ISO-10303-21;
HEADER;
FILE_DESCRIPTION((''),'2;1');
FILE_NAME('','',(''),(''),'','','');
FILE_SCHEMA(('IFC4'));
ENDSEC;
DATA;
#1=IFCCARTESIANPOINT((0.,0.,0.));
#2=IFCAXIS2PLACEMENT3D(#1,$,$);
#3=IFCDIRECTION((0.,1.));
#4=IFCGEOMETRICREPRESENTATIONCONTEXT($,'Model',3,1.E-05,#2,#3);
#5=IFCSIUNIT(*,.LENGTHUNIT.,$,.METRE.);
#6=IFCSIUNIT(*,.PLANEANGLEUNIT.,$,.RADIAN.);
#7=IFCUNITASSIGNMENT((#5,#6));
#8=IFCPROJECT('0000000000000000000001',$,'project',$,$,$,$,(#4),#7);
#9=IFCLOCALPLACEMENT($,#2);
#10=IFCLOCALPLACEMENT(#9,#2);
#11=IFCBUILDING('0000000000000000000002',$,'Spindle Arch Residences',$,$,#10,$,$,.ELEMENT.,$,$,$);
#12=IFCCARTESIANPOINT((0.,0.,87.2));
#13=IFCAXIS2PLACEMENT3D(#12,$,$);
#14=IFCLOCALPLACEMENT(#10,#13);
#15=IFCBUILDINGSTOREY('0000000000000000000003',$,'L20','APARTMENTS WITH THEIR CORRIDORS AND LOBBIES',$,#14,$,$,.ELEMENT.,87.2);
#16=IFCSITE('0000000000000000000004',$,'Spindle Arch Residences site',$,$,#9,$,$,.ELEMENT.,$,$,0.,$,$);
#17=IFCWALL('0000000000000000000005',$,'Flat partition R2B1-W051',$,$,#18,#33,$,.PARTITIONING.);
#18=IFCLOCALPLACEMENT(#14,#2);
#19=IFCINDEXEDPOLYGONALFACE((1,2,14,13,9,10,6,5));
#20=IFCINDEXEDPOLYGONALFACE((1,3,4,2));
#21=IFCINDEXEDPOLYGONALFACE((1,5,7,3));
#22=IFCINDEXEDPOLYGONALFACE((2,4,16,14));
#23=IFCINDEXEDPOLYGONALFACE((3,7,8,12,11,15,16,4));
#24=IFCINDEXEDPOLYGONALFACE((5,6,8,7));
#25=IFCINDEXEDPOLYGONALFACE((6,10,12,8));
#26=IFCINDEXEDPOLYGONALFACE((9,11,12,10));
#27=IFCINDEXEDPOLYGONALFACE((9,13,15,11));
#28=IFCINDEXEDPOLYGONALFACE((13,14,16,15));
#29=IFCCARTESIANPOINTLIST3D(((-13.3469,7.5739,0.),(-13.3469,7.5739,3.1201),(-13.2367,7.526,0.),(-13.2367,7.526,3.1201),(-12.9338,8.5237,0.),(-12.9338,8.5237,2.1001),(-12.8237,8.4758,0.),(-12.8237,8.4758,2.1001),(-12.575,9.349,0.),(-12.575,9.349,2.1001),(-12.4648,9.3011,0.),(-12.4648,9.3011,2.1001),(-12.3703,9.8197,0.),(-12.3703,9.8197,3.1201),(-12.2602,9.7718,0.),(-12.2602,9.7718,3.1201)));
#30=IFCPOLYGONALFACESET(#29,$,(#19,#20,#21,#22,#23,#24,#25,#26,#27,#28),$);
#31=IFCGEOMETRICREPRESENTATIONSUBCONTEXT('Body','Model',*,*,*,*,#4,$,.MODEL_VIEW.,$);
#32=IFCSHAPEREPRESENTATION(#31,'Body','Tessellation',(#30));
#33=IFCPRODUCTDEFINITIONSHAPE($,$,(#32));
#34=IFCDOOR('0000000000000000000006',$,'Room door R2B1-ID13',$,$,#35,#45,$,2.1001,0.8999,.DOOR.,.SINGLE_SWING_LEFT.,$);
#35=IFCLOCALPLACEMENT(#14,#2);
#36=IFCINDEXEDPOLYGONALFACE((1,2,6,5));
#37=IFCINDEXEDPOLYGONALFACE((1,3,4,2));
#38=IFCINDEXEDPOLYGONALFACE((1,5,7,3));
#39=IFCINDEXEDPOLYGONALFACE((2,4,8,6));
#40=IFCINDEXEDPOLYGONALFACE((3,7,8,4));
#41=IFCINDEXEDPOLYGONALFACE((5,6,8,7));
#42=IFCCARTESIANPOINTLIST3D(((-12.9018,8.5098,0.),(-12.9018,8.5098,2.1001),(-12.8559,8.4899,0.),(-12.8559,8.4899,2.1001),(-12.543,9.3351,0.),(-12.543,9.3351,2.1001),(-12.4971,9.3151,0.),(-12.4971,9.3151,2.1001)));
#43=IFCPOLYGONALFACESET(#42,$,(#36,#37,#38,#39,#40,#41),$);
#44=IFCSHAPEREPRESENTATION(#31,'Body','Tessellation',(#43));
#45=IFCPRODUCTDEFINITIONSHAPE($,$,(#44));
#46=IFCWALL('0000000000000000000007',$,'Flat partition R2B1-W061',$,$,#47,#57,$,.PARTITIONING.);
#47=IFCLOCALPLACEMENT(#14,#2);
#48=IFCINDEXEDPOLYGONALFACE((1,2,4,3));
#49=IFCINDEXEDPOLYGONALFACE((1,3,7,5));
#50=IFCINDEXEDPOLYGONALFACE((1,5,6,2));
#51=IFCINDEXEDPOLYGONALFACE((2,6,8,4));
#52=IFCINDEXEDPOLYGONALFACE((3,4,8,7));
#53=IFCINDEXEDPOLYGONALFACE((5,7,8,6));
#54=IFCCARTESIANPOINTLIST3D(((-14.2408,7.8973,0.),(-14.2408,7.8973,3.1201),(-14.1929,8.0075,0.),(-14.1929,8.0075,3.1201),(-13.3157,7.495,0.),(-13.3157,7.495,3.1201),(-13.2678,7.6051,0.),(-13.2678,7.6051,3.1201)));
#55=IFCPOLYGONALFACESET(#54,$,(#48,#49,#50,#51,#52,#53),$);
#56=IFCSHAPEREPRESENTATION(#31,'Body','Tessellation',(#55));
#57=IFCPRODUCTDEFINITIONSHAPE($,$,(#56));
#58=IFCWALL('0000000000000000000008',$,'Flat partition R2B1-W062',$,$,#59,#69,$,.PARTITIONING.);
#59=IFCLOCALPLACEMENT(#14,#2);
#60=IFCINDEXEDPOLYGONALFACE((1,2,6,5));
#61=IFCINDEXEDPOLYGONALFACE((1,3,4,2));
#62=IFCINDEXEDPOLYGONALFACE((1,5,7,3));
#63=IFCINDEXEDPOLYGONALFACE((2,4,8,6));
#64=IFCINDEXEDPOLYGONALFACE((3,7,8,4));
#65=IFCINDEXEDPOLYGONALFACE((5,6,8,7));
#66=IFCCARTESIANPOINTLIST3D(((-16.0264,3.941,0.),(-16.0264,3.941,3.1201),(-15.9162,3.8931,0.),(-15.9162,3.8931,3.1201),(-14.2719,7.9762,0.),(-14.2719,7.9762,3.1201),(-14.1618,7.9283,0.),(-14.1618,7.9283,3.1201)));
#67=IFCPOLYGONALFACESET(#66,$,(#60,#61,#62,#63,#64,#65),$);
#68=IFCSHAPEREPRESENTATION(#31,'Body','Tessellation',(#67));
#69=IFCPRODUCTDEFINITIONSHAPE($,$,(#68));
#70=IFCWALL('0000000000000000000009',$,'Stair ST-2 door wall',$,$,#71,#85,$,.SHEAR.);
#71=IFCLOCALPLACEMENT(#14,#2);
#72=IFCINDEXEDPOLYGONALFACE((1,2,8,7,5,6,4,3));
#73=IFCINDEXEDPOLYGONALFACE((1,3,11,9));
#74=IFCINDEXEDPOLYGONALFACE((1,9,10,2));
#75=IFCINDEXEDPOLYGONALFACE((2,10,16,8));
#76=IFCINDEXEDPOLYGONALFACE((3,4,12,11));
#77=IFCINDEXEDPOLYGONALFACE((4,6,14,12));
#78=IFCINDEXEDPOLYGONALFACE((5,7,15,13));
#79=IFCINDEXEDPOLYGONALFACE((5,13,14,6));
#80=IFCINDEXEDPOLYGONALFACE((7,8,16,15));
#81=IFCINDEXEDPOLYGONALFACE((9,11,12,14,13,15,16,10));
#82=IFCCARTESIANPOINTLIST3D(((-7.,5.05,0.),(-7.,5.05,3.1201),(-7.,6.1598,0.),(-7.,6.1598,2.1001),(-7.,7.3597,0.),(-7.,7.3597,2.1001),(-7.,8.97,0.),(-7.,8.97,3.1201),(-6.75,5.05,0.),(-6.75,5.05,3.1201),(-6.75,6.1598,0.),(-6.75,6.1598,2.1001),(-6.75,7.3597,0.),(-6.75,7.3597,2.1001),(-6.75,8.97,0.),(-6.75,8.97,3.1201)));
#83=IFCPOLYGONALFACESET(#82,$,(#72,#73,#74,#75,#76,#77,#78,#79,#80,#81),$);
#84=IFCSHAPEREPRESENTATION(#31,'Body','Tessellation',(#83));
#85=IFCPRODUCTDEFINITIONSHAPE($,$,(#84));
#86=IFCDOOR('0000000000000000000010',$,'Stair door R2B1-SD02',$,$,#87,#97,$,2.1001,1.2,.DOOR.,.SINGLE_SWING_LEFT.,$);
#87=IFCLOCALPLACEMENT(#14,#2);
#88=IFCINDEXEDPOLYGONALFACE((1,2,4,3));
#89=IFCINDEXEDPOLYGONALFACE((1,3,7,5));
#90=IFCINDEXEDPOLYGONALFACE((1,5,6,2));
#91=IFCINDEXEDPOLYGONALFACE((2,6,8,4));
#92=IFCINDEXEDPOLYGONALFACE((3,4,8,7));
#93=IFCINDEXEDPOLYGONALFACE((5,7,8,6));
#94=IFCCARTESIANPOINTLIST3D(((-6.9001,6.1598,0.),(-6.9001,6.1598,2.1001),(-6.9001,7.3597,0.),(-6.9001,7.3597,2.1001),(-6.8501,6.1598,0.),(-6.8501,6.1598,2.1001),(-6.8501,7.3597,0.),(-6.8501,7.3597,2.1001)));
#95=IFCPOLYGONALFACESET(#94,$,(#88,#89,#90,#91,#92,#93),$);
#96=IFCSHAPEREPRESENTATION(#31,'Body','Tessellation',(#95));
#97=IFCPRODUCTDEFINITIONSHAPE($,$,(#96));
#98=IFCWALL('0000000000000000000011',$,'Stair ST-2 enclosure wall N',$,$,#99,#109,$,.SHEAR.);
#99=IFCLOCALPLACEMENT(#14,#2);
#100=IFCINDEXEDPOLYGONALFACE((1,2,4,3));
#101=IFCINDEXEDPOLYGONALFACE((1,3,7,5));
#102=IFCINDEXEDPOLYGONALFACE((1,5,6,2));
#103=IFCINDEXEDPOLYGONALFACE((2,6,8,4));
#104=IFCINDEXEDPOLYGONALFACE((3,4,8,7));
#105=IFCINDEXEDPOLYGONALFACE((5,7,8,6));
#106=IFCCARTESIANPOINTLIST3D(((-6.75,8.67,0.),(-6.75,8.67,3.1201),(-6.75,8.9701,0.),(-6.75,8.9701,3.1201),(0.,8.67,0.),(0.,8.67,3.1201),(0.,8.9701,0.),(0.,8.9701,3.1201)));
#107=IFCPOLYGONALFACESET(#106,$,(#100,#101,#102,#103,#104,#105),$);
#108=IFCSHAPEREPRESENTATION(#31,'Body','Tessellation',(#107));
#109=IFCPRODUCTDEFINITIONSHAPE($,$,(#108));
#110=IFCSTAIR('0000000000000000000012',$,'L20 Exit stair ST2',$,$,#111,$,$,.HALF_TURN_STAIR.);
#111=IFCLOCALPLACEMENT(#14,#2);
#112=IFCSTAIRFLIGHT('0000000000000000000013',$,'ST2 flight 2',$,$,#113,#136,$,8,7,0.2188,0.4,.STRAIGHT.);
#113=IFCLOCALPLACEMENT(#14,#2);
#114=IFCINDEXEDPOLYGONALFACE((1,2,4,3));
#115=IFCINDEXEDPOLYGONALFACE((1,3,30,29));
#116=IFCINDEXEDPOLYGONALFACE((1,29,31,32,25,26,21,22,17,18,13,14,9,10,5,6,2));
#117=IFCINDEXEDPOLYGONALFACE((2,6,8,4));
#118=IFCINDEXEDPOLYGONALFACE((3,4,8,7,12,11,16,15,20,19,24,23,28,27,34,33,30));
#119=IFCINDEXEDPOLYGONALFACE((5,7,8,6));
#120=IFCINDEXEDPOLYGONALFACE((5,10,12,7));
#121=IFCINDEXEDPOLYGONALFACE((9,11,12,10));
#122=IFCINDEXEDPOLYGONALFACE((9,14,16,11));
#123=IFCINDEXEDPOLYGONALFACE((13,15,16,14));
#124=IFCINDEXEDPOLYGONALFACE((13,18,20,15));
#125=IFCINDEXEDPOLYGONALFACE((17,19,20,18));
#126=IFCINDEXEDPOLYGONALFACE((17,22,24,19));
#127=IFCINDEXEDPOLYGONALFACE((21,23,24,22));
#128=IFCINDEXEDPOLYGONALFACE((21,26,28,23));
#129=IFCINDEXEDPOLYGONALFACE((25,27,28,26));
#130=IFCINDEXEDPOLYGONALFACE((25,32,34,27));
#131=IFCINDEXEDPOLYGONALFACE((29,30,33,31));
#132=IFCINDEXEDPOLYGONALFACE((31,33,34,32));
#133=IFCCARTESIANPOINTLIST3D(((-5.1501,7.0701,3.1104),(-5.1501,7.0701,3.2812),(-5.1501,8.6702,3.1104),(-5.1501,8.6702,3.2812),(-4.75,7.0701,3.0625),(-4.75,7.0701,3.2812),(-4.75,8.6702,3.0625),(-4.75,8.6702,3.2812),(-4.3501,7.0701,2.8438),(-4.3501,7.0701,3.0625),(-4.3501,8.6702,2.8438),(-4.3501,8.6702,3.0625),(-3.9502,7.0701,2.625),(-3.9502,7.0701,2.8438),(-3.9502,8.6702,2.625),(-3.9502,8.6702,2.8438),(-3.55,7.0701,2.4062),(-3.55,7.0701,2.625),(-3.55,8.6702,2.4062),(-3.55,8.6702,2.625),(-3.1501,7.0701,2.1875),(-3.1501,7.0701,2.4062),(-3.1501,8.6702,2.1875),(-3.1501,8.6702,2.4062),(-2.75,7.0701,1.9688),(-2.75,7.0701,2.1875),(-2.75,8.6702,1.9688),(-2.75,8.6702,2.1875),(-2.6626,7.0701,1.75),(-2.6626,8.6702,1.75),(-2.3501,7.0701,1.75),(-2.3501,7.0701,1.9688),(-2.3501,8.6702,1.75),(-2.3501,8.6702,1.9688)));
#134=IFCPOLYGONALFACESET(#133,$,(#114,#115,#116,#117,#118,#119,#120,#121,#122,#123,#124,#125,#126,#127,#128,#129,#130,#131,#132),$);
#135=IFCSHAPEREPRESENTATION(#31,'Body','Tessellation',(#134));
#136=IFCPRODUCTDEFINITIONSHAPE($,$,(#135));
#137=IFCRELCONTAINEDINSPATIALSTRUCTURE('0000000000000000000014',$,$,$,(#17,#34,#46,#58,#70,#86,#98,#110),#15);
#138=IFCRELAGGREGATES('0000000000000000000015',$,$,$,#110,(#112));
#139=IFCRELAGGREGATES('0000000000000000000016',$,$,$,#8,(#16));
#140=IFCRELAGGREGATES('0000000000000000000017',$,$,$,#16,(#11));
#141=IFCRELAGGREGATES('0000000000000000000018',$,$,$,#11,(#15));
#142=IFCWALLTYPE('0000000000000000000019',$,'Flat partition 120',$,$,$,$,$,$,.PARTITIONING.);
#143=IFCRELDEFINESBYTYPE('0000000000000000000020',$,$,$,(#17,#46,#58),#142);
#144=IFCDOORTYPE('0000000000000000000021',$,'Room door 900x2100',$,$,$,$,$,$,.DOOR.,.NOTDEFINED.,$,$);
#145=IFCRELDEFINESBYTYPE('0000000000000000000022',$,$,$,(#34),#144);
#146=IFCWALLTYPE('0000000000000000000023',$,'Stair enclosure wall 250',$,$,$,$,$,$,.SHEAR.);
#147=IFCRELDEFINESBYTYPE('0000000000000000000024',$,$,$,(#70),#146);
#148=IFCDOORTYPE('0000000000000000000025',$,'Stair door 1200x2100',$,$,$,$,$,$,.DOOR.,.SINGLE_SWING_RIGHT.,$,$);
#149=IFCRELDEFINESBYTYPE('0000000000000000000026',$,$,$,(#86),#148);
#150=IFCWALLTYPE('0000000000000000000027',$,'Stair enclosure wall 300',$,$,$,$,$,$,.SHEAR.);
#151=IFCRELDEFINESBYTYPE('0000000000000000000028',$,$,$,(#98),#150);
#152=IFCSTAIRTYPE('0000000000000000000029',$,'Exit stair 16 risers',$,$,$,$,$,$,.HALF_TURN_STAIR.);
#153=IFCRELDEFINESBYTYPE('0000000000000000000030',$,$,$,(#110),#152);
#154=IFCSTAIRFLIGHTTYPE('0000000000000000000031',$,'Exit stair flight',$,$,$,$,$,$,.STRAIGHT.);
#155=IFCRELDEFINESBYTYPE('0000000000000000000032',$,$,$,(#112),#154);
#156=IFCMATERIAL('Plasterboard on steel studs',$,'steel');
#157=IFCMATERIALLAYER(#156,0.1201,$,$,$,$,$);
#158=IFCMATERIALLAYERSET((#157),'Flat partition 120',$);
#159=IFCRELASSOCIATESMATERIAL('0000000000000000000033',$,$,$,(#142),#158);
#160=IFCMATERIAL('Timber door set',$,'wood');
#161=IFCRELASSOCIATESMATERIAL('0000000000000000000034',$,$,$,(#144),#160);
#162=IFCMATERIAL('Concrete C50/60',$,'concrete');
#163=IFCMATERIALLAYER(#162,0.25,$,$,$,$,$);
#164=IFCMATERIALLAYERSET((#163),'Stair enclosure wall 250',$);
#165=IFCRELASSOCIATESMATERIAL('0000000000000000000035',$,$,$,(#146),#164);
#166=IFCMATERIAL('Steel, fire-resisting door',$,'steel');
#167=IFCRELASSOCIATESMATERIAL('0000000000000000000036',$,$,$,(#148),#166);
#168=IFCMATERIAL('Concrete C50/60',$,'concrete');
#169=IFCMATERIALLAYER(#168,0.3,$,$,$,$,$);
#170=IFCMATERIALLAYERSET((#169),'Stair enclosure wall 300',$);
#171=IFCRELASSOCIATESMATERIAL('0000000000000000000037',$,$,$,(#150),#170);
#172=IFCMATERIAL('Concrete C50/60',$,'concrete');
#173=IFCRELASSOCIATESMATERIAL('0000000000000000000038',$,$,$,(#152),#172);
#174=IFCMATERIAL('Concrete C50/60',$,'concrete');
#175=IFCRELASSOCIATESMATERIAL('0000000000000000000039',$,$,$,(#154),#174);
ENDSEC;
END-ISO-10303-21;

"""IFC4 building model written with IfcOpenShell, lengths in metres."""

from ifc_helpers import new_model, si_unit, direction, frame, frame_2d, origin, place, context, subcontext, project, spatial, polyline, rectangle, outline, extrude, material, layer, layer_set, type_object, element, fill, aggregate, save


model = new_model("IFC4")

# Units and contexts
model_context = context("Model", 3, precision=1e-05, world=origin(), true_north=direction((0.0, 1.0)))
body_context = subcontext(model_context, "Body", "Model", "MODEL_VIEW")
ifc_project = project(units=[si_unit("LENGTHUNIT", "METRE"), si_unit("PLANEANGLEUNIT", "RADIAN")], contexts=[model_context])

# Site, building, storey
site_placement = place(None, origin())
site = spatial("IfcSite", under=ifc_project, at=site_placement, Name="Spindle Arch Residences site", CompositionType="ELEMENT", RefElevation=0.0)
building_placement = place(site_placement, origin())
building = spatial("IfcBuilding", under=site, at=building_placement, Name="Spindle Arch Residences", CompositionType="ELEMENT")
storey_placement = place(building_placement, frame((0.0, 0.0, 87.2)))
storey = spatial("IfcBuildingStorey", under=building, at=storey_placement, Name="L20", Description="APARTMENTS WITH THEIR CORRIDORS AND LOBBIES", CompositionType="ELEMENT", Elevation=87.2)

# Wall, opening, door
ifc_material_1 = material(Name="Plasterboard on steel studs", Category="steel")
ifc_layer_1 = layer(ifc_material_1, 0.1201)
ifc_layer_set_1 = layer_set([ifc_layer_1], Name="Flat partition 120")
wall_type_1 = type_object("IfcWallType", Name="Flat partition 120", PredefinedType="PARTITIONING", material=ifc_layer_set_1)
wall_1_placement = place(storey_placement, frame((-12.3152, 9.7959, 0.0), z_axis=(0.0, 0.0, 1.0), x_axis=(-0.398763, -0.917054, 0.0)))
wall_1 = element("IfcWall", 1, at=wall_1_placement, inside=storey, type_object=wall_type_1, Name="Flat partition R2B1-W051", PredefinedType="PARTITIONING", context=body_context, shape_type="SweptSolid", body=[
    extrude(rectangle(XDim=2.449, YDim=0.1201, at=frame_2d((1.2246, 0.0))), origin(), (0.0, 0.0, 1.0), 3.1201),
])
opening_1_placement = place(wall_1_placement, frame((0.5134, 0.0, 0.0)))
opening_1 = element("IfcOpeningElement", 2, at=opening_1_placement, cuts=wall_1, PredefinedType="OPENING", context=body_context, shape_type="SweptSolid", body=[
    extrude(rectangle(XDim=0.8999, YDim=2.1001, at=frame_2d((0.45, 1.05))), frame((0.0, 0.0701, 0.0), z_axis=(0.0, -1.0, 0.0), x_axis=(1.0, 0.0, 0.0)), (0.0, 0.0, 1.0), 0.1401),
])
ifc_material_2 = material(Name="Timber door set", Category="wood")
door_type_1 = type_object("IfcDoorType", Name="Room door 900x2100", OperationType="NOTDEFINED", PredefinedType="DOOR", material=ifc_material_2)
door_1_placement = place(opening_1_placement, origin())
door_1 = element("IfcDoor", 3, at=door_1_placement, inside=storey, type_object=door_type_1, Name="Room door R2B1-ID13", OperationType="SINGLE_SWING_LEFT", OverallHeight=2.1001, OverallWidth=0.8999, PredefinedType="DOOR", context=body_context, shape_type="SweptSolid", body=[
    extrude(rectangle(XDim=0.8999, YDim=2.1001, at=frame_2d((0.45, 1.05))), frame((0.0, 0.0249, 0.0), z_axis=(0.0, -1.0, 0.0), x_axis=(1.0, 0.0, 0.0)), (0.0, 0.0, 1.0), 0.05),
])
fill(opening_1, door_1)

# Walls
wall_2_placement = place(storey_placement, frame((-13.2917, 7.55, 0.0), z_axis=(0.0, 0.0, 1.0), x_axis=(-0.917016, 0.39885, 0.0)))
element("IfcWall", 4, at=wall_2_placement, inside=storey, type_object=wall_type_1, Name="Flat partition R2B1-W061", PredefinedType="PARTITIONING", context=body_context, shape_type="SweptSolid", body=[
    extrude(rectangle(XDim=1.0088, YDim=0.1201, at=frame_2d((0.5044, 0.0))), origin(), (0.0, 0.0, 1.0), 3.1201),
])
wall_3_placement = place(storey_placement, frame((-14.2168, 7.9524, 0.0), z_axis=(0.0, 0.0, 1.0), x_axis=(-0.398722, -0.917072, 0.0)))
element("IfcWall", 5, at=wall_3_placement, inside=storey, type_object=wall_type_1, Name="Flat partition R2B1-W062", PredefinedType="PARTITIONING", context=body_context, shape_type="SweptSolid", body=[
    extrude(rectangle(XDim=4.4001, YDim=0.1201, at=frame_2d((2.2002, 0.0))), origin(), (0.0, 0.0, 1.0), 3.1201),
])

# Wall, opening, door
ifc_material_3 = material(Name="Concrete C50/60", Category="concrete")
ifc_layer_2 = layer(ifc_material_3, 0.25)
ifc_layer_set_2 = layer_set([ifc_layer_2], Name="Stair enclosure wall 250")
wall_type_2 = type_object("IfcWallType", Name="Stair enclosure wall 250", PredefinedType="SHEAR", material=ifc_layer_set_2)
wall_4_placement = place(storey_placement, frame((-6.875, 8.97, 0.0), z_axis=(0.0, 0.0, 1.0), x_axis=(0.0, -1.0, 0.0)))
wall_4 = element("IfcWall", 6, at=wall_4_placement, inside=storey, type_object=wall_type_2, Name="Stair ST-2 door wall", PredefinedType="SHEAR", context=body_context, shape_type="SweptSolid", body=[
    extrude(rectangle(XDim=3.9199, YDim=0.25, at=frame_2d((1.96, 0.0))), origin(), (0.0, 0.0, 1.0), 3.1201),
])
opening_2_placement = place(wall_4_placement, frame((1.6101, 0.0, 0.0)))
opening_2 = element("IfcOpeningElement", 7, at=opening_2_placement, cuts=wall_4, PredefinedType="OPENING", context=body_context, shape_type="SweptSolid", body=[
    extrude(rectangle(XDim=1.2, YDim=2.1001, at=frame_2d((0.6001, 1.05))), frame((0.0, 0.135, 0.0), z_axis=(0.0, -1.0, 0.0), x_axis=(1.0, 0.0, 0.0)), (0.0, 0.0, 1.0), 0.27),
])
ifc_material_4 = material(Name="Steel, fire-resisting door", Category="steel")
door_type_2 = type_object("IfcDoorType", Name="Stair door 1200x2100", OperationType="SINGLE_SWING_RIGHT", PredefinedType="DOOR", material=ifc_material_4)
door_2_placement = place(opening_2_placement, origin())
door_2 = element("IfcDoor", 8, at=door_2_placement, inside=storey, type_object=door_type_2, Name="Stair door R2B1-SD02", OperationType="SINGLE_SWING_LEFT", OverallHeight=2.1001, OverallWidth=1.2, PredefinedType="DOOR", context=body_context, shape_type="SweptSolid", body=[
    extrude(rectangle(XDim=1.2, YDim=2.1001, at=frame_2d((0.6001, 1.05))), frame((0.0, 0.0249, 0.0), z_axis=(0.0, -1.0, 0.0), x_axis=(1.0, 0.0, 0.0)), (0.0, 0.0, 1.0), 0.05),
])
fill(opening_2, door_2)

# Wall
ifc_material_5 = material(Name="Concrete C50/60", Category="concrete")
ifc_layer_3 = layer(ifc_material_5, 0.3)
ifc_layer_set_3 = layer_set([ifc_layer_3], Name="Stair enclosure wall 300")
wall_type_3 = type_object("IfcWallType", Name="Stair enclosure wall 300", PredefinedType="SHEAR", material=ifc_layer_set_3)
wall_5_placement = place(storey_placement, frame((-6.75, 8.8201, 0.0), z_axis=(0.0, 0.0, 1.0), x_axis=(1.0, 0.0, 0.0)))
element("IfcWall", 9, at=wall_5_placement, inside=storey, type_object=wall_type_3, Name="Stair ST-2 enclosure wall N", PredefinedType="SHEAR", context=body_context, shape_type="SweptSolid", body=[
    extrude(rectangle(XDim=6.75, YDim=0.3, at=frame_2d((3.375, 0.0))), origin(), (0.0, 0.0, 1.0), 3.1201),
])

# Stair, stair flight
ifc_material_6 = material(Name="Concrete C50/60", Category="concrete")
stair_type = type_object("IfcStairType", Name="Exit stair 16 risers", PredefinedType="HALF_TURN_STAIR", material=ifc_material_6)
stair_placement = place(storey_placement, origin())
stair = element("IfcStair", 10, at=stair_placement, inside=storey, type_object=stair_type, Name="L20 Exit stair ST2", PredefinedType="HALF_TURN_STAIR")
ifc_material_7 = material(Name="Concrete C50/60", Category="concrete")
stair_flight_type = type_object("IfcStairFlightType", Name="Exit stair flight", PredefinedType="STRAIGHT", material=ifc_material_7)
stair_flight_placement = place(storey_placement, frame((-2.3501, 7.8701, 1.75), z_axis=(0.0, 0.0, 1.0), x_axis=(-1.0, 0.0, 0.0)))
stair_flight = element("IfcStairFlight", 11, at=stair_flight_placement, type_object=stair_flight_type, Name="ST2 flight 2", NumberOfRisers=8, NumberOfTreads=7, PredefinedType="STRAIGHT", RiserHeight=0.2188, TreadLength=0.4, context=body_context, shape_type="SweptSolid", body=[
    extrude(outline(polyline([(0.0, 0.0), (0.0, 0.2188), (0.3999, 0.2188), (0.3999, 0.4375), (0.8, 0.4375), (0.8, 0.6562), (1.2, 0.6562), (1.2, 0.875), (1.6001, 0.875), (1.6001, 1.0938), (2.0, 1.0938), (2.0, 1.3125), (2.3999, 1.3125), (2.3999, 1.5312), (2.8, 1.5312), (2.8, 1.75), (2.8, 1.3604), (0.3125, 0.0), (0.0, 0.0)])), frame((0.0, 0.8, 0.0), z_axis=(0.0, -1.0, 0.0), x_axis=(1.0, 0.0, 0.0)), (0.0, 0.0, 1.0), 1.6001),
])
aggregate(stair, [stair_flight])

save(model, "model.ifc")
